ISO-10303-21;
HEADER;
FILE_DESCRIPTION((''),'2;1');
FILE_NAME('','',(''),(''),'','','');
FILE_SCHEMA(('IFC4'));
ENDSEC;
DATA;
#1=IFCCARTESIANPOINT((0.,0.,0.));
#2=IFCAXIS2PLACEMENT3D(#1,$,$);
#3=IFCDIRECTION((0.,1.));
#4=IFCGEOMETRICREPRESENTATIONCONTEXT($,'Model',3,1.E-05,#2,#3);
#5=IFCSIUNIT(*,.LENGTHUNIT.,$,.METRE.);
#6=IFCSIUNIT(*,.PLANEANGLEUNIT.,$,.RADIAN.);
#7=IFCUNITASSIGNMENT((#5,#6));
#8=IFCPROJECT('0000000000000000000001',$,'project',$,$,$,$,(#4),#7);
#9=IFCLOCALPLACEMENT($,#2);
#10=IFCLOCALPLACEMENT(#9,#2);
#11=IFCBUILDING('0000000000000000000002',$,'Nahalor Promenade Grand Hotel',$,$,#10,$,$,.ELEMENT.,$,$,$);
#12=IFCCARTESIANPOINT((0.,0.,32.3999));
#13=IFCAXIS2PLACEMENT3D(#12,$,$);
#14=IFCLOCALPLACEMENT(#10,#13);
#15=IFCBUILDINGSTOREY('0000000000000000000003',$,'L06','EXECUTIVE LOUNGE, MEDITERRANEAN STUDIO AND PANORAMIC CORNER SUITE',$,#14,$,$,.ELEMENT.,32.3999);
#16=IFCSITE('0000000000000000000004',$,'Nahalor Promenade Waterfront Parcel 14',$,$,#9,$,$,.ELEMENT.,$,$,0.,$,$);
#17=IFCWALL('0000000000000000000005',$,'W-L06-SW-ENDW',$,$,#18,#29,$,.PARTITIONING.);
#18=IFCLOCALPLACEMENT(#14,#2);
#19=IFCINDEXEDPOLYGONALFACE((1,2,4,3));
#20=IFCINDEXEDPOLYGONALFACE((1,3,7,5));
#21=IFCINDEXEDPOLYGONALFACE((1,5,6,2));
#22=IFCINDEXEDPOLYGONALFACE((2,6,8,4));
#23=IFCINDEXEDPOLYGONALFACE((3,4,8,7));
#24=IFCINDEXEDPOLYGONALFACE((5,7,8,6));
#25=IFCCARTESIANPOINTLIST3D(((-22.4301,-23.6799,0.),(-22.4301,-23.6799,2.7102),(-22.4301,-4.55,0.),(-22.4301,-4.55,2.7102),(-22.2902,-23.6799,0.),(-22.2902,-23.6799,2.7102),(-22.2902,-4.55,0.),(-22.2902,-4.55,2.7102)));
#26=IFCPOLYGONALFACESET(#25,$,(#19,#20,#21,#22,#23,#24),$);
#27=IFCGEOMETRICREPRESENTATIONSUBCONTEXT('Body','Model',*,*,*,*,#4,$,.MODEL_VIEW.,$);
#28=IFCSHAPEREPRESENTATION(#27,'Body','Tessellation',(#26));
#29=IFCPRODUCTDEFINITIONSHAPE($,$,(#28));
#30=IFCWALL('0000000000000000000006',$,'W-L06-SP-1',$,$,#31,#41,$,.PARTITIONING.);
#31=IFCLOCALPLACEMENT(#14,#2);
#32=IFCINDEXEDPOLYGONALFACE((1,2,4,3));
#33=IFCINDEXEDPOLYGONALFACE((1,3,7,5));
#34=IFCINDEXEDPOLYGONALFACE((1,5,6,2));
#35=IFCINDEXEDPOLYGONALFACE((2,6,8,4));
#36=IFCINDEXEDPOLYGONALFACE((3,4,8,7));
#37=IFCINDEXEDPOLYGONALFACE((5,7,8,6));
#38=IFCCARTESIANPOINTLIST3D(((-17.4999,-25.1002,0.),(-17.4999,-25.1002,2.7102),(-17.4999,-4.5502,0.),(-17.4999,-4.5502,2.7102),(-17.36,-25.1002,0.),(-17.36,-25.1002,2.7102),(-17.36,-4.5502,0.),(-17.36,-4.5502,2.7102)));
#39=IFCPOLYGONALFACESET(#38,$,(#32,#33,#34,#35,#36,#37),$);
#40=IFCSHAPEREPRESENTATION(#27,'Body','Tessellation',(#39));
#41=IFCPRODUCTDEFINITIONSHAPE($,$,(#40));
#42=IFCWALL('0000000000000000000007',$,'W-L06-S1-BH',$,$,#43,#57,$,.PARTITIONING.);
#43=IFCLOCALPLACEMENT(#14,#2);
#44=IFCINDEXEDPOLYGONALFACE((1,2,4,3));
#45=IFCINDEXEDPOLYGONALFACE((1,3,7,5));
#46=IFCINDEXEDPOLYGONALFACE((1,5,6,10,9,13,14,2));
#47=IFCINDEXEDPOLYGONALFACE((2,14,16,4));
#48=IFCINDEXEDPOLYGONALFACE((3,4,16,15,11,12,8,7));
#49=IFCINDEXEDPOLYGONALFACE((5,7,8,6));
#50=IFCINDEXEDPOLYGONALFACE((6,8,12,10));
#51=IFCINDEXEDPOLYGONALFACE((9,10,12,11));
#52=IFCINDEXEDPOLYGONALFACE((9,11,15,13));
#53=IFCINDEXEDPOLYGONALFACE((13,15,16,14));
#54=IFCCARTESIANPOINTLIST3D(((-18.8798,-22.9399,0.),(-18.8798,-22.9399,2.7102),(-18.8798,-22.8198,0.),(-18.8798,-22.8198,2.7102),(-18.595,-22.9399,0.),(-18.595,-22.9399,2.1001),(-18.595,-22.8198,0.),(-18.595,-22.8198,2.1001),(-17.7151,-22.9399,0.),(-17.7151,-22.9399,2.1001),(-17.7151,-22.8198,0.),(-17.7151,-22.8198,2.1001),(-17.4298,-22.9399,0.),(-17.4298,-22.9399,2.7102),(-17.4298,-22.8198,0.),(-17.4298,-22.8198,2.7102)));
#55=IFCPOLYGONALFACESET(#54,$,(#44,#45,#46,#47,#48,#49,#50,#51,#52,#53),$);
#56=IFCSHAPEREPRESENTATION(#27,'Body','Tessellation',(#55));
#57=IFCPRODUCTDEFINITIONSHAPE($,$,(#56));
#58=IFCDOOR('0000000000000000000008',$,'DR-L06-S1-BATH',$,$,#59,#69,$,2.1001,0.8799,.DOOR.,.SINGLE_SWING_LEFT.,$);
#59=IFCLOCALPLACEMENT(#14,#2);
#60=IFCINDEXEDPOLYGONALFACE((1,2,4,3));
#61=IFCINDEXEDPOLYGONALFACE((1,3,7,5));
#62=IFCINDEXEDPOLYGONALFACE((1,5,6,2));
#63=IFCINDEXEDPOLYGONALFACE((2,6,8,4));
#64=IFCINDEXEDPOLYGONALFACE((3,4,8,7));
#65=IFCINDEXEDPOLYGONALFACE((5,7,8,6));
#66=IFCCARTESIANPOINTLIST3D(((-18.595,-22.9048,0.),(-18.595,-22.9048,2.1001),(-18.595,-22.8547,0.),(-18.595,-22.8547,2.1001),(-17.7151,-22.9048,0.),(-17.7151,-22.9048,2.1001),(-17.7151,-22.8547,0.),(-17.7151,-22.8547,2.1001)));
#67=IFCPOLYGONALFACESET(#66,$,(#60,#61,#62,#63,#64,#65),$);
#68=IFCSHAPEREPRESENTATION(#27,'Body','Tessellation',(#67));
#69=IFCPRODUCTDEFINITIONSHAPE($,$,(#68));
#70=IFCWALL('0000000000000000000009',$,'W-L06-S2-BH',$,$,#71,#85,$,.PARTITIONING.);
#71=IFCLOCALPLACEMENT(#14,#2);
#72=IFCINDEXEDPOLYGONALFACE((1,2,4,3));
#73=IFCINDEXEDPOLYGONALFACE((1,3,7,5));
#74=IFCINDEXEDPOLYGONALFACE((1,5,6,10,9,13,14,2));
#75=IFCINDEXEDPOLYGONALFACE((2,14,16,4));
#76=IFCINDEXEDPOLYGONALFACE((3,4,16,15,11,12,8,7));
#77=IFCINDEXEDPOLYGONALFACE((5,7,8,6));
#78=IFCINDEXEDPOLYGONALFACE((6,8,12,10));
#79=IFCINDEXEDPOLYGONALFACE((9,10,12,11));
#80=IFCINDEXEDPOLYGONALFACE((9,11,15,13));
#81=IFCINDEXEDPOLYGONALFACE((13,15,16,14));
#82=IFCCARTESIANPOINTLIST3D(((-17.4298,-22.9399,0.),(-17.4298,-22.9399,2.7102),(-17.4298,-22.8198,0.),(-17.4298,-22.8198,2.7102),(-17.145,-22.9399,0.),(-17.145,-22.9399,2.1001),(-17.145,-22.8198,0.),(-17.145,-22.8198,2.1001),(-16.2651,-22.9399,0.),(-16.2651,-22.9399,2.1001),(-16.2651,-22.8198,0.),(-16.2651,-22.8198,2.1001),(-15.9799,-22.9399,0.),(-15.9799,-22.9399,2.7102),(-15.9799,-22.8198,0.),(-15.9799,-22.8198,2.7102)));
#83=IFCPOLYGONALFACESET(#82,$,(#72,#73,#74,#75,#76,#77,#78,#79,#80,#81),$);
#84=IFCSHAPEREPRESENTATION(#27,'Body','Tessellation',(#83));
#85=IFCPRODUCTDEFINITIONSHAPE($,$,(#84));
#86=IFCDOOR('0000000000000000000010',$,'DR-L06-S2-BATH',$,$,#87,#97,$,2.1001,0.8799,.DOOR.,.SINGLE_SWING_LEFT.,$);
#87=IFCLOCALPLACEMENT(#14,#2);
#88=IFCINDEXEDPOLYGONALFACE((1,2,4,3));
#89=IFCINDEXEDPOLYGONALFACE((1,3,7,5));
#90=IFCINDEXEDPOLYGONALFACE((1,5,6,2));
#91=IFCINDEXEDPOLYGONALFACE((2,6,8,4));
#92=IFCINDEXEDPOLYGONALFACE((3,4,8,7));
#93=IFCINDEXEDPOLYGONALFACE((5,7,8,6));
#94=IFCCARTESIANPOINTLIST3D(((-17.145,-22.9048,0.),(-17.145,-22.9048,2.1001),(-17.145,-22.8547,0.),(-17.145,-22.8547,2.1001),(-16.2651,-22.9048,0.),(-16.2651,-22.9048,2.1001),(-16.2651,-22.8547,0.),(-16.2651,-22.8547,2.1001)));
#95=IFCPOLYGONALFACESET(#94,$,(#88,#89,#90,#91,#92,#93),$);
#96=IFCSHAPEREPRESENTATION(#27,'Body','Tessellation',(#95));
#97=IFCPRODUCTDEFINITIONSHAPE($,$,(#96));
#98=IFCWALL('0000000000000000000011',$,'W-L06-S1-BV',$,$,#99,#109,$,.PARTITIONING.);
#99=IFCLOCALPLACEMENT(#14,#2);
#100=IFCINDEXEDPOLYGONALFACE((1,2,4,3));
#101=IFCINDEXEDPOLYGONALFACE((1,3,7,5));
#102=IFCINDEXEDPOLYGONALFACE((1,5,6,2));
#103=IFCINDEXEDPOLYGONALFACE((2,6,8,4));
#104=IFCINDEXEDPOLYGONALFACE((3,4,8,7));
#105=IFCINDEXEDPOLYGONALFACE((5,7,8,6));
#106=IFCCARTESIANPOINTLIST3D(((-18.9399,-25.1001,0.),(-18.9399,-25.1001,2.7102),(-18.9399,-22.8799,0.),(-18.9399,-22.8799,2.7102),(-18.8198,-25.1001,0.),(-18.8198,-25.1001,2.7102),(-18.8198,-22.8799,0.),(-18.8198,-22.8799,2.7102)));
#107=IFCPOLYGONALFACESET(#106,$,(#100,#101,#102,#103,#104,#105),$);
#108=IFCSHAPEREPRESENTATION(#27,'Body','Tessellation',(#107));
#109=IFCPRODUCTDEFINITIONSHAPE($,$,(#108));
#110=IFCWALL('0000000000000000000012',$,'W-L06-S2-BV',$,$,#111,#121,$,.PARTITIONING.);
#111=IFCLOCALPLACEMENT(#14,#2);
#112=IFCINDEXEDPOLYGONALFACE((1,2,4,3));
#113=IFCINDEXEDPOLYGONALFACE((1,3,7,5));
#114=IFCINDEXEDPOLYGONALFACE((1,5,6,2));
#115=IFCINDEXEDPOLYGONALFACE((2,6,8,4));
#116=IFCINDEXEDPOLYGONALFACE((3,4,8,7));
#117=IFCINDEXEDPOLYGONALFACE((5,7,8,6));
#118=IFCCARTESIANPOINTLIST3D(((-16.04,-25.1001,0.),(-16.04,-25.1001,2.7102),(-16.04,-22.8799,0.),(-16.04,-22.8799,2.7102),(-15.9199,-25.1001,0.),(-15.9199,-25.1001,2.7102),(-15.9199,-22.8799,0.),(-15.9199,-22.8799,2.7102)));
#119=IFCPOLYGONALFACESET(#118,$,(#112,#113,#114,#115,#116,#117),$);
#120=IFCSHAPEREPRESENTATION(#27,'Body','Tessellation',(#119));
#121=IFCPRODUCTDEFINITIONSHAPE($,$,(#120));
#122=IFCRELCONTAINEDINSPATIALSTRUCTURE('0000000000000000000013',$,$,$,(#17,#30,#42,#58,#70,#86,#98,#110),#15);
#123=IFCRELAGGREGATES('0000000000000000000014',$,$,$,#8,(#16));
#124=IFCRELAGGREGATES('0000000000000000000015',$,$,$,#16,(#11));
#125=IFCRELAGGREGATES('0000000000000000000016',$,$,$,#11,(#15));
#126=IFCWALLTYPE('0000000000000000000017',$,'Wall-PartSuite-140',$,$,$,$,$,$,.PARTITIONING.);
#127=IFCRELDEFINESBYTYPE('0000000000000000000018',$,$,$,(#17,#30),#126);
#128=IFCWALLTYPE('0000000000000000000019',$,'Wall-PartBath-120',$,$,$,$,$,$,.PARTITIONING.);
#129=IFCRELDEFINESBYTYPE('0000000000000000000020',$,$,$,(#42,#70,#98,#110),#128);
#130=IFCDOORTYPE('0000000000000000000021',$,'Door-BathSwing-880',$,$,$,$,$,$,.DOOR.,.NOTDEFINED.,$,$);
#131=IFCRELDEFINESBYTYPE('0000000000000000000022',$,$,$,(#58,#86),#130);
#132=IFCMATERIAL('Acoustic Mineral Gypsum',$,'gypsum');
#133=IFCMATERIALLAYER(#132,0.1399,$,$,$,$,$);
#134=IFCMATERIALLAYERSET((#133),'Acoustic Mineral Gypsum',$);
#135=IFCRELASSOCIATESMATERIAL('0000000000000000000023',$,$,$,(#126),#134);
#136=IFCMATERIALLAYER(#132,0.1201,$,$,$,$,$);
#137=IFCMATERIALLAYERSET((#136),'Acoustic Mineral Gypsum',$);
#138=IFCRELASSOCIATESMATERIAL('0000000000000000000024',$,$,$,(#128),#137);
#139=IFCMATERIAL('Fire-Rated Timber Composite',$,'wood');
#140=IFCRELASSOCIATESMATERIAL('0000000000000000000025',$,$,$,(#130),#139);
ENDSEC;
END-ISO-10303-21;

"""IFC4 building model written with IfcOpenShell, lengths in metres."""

from ifc_helpers import new_model, si_unit, direction, frame, frame_2d, origin, place, context, subcontext, project, spatial, rectangle, extrude, source, transform, mapped, material, layer, layer_set, type_object, element, fill, save


model = new_model("IFC4")

# Units and contexts
model_context = context("Model", 3, precision=1e-05, world=origin(), true_north=direction((0.0, 1.0)))
body_context = subcontext(model_context, "Body", "Model", "MODEL_VIEW")
ifc_project = project(units=[si_unit("LENGTHUNIT", "METRE"), si_unit("PLANEANGLEUNIT", "RADIAN")], contexts=[model_context])

# Site, building, storey
site_placement = place(None, origin())
site = spatial("IfcSite", under=ifc_project, at=site_placement, Name="Nahalor Promenade Waterfront Parcel 14", CompositionType="ELEMENT", RefElevation=0.0)
building_placement = place(site_placement, origin())
building = spatial("IfcBuilding", under=site, at=building_placement, Name="Nahalor Promenade Grand Hotel", CompositionType="ELEMENT")
storey_placement = place(building_placement, frame((0.0, 0.0, 32.3999)))
storey = spatial("IfcBuildingStorey", under=building, at=storey_placement, Name="L06", Description="EXECUTIVE LOUNGE, MEDITERRANEAN STUDIO AND PANORAMIC CORNER SUITE", CompositionType="ELEMENT", Elevation=32.3999)

# Walls
ifc_material_1 = material(Name="Acoustic Mineral Gypsum", Category="gypsum")
ifc_layer_1 = layer(ifc_material_1, 0.1399)
ifc_layer_set_1 = layer_set([ifc_layer_1], Name="Acoustic Mineral Gypsum")
wall_type_1 = type_object("IfcWallType", Name="Wall-PartSuite-140", PredefinedType="PARTITIONING", material=ifc_layer_set_1)
shared_shape_1 = source(origin(), body_context, "Body", "SweptSolid", [
    extrude(rectangle(XDim=19.1299, YDim=0.1399, at=frame_2d((9.5649, 0.0))), origin(), (0.0, 0.0, 1.0), 2.7102),
])
wall_1_placement = place(storey_placement, frame((-22.3601, -23.6799, 0.0), z_axis=(0.0, 0.0, 1.0), x_axis=(0.0, 1.0, 0.0)))
element("IfcWall", 1, at=wall_1_placement, inside=storey, type_object=wall_type_1, Name="W-L06-SW-ENDW", PredefinedType="PARTITIONING", context=body_context, shape_type="MappedRepresentation", body=[
    mapped(shared_shape_1, transform((0.0, 0.0, 0.0), scale=1.0)),
])
shared_shape_2 = source(origin(), body_context, "Body", "SweptSolid", [
    extrude(rectangle(XDim=20.55, YDim=0.1399, at=frame_2d((10.2749, 0.0))), origin(), (0.0, 0.0, 1.0), 2.7102),
])
wall_2_placement = place(storey_placement, frame((-17.4299, -25.1001, 0.0), z_axis=(0.0, 0.0, 1.0), x_axis=(0.0, 1.0, 0.0)))
element("IfcWall", 2, at=wall_2_placement, inside=storey, type_object=wall_type_1, Name="W-L06-SP-1", PredefinedType="PARTITIONING", context=body_context, shape_type="MappedRepresentation", body=[
    mapped(shared_shape_2, transform((0.0, 0.0, 0.0), scale=1.0)),
])

# Walls, openings, doors
ifc_layer_2 = layer(ifc_material_1, 0.1201)
ifc_layer_set_2 = layer_set([ifc_layer_2], Name="Acoustic Mineral Gypsum")
wall_type_2 = type_object("IfcWallType", Name="Wall-PartBath-120", PredefinedType="PARTITIONING", material=ifc_layer_set_2)
shared_shape_3 = source(origin(), body_context, "Body", "SweptSolid", [
    extrude(rectangle(XDim=1.45, YDim=0.1201, at=frame_2d((0.7251, 0.0))), origin(), (0.0, 0.0, 1.0), 2.7102),
])
wall_3_placement = place(storey_placement, frame((-18.8799, -22.8799, 0.0), z_axis=(0.0, 0.0, 1.0), x_axis=(1.0, 0.0, 0.0)))
wall_3 = element("IfcWall", 3, at=wall_3_placement, inside=storey, type_object=wall_type_2, Name="W-L06-S1-BH", PredefinedType="PARTITIONING", context=body_context, shape_type="MappedRepresentation", body=[
    mapped(shared_shape_3, transform((0.0, 0.0, 0.0), scale=1.0)),
])
opening_1_placement = place(wall_3_placement, frame((0.2849, 0.0, 0.0)))
opening_1 = element("IfcOpeningElement", 4, at=opening_1_placement, cuts=wall_3, PredefinedType="OPENING", context=body_context, shape_type="SweptSolid", body=[
    extrude(rectangle(XDim=0.8799, YDim=2.1001, at=frame_2d((0.4399, 1.05))), frame((0.0, 0.0701, 0.0), z_axis=(0.0, -1.0, 0.0), x_axis=(1.0, 0.0, 0.0)), (0.0, 0.0, 1.0), 0.1401),
])
ifc_material_2 = material(Name="Fire-Rated Timber Composite", Category="wood")
door_type = type_object("IfcDoorType", Name="Door-BathSwing-880", OperationType="NOTDEFINED", PredefinedType="DOOR", material=ifc_material_2)
shared_shape_4 = source(origin(), body_context, "Body", "SweptSolid", [
    extrude(rectangle(XDim=0.8799, YDim=2.1001, at=frame_2d((0.4399, 1.05))), frame((0.0, 0.0249, 0.0), z_axis=(0.0, -1.0, 0.0), x_axis=(1.0, 0.0, 0.0)), (0.0, 0.0, 1.0), 0.05),
])
door_1_placement = place(opening_1_placement, frame((0.8799, 0.0, 0.0), z_axis=(0.0, 0.0, 1.0), x_axis=(-1.0, 0.0, 0.0)))
door_1 = element("IfcDoor", 5, at=door_1_placement, inside=storey, type_object=door_type, Name="DR-L06-S1-BATH", OperationType="SINGLE_SWING_LEFT", OverallHeight=2.1001, OverallWidth=0.8799, PredefinedType="DOOR", context=body_context, shape_type="MappedRepresentation", body=[
    mapped(shared_shape_4, transform((0.0, 0.0, 0.0), scale=1.0)),
])
fill(opening_1, door_1)
wall_4_placement = place(storey_placement, frame((-17.4299, -22.8799, 0.0), z_axis=(0.0, 0.0, 1.0), x_axis=(1.0, 0.0, 0.0)))
wall_4 = element("IfcWall", 6, at=wall_4_placement, inside=storey, type_object=wall_type_2, Name="W-L06-S2-BH", PredefinedType="PARTITIONING", context=body_context, shape_type="MappedRepresentation", body=[
    mapped(shared_shape_3, transform((0.0, 0.0, 0.0), scale=1.0)),
])
opening_2_placement = place(wall_4_placement, frame((0.2849, 0.0, 0.0)))
opening_2 = element("IfcOpeningElement", 7, at=opening_2_placement, cuts=wall_4, PredefinedType="OPENING", context=body_context, shape_type="SweptSolid", body=[
    extrude(rectangle(XDim=0.8799, YDim=2.1001, at=frame_2d((0.4399, 1.05))), frame((0.0, 0.0701, 0.0), z_axis=(0.0, -1.0, 0.0), x_axis=(1.0, 0.0, 0.0)), (0.0, 0.0, 1.0), 0.1401),
])
door_2_placement = place(opening_2_placement, frame((0.8799, 0.0, 0.0), z_axis=(0.0, 0.0, 1.0), x_axis=(-1.0, 0.0, 0.0)))
door_2 = element("IfcDoor", 8, at=door_2_placement, inside=storey, type_object=door_type, Name="DR-L06-S2-BATH", OperationType="SINGLE_SWING_LEFT", OverallHeight=2.1001, OverallWidth=0.8799, PredefinedType="DOOR", context=body_context, shape_type="MappedRepresentation", body=[
    mapped(shared_shape_4, transform((0.0, 0.0, 0.0), scale=1.0)),
])
fill(opening_2, door_2)

# Walls
shared_shape_5 = source(origin(), body_context, "Body", "SweptSolid", [
    extrude(rectangle(XDim=2.2202, YDim=0.1201, at=frame_2d((1.1101, 0.0))), origin(), (0.0, 0.0, 1.0), 2.7102),
])
for number, where, z_axis, x_axis, name in (
    (9, (-18.8799, -25.1001, 0.0), (0.0, 0.0, 1.0), (0.0, 1.0, 0.0), "W-L06-S1-BV"),
    (10, (-15.98, -25.1001, 0.0), (0.0, 0.0, 1.0), (0.0, 1.0, 0.0), "W-L06-S2-BV"),
):
    element("IfcWall", number, at=place(storey_placement, frame(where, z_axis=z_axis, x_axis=x_axis)), inside=storey, type_object=wall_type_2, Name=name, PredefinedType="PARTITIONING", context=body_context, shape_type="MappedRepresentation", body=[
        mapped(shared_shape_5, transform((0.0, 0.0, 0.0), scale=1.0)),
    ])

save(model, "model.ifc")
